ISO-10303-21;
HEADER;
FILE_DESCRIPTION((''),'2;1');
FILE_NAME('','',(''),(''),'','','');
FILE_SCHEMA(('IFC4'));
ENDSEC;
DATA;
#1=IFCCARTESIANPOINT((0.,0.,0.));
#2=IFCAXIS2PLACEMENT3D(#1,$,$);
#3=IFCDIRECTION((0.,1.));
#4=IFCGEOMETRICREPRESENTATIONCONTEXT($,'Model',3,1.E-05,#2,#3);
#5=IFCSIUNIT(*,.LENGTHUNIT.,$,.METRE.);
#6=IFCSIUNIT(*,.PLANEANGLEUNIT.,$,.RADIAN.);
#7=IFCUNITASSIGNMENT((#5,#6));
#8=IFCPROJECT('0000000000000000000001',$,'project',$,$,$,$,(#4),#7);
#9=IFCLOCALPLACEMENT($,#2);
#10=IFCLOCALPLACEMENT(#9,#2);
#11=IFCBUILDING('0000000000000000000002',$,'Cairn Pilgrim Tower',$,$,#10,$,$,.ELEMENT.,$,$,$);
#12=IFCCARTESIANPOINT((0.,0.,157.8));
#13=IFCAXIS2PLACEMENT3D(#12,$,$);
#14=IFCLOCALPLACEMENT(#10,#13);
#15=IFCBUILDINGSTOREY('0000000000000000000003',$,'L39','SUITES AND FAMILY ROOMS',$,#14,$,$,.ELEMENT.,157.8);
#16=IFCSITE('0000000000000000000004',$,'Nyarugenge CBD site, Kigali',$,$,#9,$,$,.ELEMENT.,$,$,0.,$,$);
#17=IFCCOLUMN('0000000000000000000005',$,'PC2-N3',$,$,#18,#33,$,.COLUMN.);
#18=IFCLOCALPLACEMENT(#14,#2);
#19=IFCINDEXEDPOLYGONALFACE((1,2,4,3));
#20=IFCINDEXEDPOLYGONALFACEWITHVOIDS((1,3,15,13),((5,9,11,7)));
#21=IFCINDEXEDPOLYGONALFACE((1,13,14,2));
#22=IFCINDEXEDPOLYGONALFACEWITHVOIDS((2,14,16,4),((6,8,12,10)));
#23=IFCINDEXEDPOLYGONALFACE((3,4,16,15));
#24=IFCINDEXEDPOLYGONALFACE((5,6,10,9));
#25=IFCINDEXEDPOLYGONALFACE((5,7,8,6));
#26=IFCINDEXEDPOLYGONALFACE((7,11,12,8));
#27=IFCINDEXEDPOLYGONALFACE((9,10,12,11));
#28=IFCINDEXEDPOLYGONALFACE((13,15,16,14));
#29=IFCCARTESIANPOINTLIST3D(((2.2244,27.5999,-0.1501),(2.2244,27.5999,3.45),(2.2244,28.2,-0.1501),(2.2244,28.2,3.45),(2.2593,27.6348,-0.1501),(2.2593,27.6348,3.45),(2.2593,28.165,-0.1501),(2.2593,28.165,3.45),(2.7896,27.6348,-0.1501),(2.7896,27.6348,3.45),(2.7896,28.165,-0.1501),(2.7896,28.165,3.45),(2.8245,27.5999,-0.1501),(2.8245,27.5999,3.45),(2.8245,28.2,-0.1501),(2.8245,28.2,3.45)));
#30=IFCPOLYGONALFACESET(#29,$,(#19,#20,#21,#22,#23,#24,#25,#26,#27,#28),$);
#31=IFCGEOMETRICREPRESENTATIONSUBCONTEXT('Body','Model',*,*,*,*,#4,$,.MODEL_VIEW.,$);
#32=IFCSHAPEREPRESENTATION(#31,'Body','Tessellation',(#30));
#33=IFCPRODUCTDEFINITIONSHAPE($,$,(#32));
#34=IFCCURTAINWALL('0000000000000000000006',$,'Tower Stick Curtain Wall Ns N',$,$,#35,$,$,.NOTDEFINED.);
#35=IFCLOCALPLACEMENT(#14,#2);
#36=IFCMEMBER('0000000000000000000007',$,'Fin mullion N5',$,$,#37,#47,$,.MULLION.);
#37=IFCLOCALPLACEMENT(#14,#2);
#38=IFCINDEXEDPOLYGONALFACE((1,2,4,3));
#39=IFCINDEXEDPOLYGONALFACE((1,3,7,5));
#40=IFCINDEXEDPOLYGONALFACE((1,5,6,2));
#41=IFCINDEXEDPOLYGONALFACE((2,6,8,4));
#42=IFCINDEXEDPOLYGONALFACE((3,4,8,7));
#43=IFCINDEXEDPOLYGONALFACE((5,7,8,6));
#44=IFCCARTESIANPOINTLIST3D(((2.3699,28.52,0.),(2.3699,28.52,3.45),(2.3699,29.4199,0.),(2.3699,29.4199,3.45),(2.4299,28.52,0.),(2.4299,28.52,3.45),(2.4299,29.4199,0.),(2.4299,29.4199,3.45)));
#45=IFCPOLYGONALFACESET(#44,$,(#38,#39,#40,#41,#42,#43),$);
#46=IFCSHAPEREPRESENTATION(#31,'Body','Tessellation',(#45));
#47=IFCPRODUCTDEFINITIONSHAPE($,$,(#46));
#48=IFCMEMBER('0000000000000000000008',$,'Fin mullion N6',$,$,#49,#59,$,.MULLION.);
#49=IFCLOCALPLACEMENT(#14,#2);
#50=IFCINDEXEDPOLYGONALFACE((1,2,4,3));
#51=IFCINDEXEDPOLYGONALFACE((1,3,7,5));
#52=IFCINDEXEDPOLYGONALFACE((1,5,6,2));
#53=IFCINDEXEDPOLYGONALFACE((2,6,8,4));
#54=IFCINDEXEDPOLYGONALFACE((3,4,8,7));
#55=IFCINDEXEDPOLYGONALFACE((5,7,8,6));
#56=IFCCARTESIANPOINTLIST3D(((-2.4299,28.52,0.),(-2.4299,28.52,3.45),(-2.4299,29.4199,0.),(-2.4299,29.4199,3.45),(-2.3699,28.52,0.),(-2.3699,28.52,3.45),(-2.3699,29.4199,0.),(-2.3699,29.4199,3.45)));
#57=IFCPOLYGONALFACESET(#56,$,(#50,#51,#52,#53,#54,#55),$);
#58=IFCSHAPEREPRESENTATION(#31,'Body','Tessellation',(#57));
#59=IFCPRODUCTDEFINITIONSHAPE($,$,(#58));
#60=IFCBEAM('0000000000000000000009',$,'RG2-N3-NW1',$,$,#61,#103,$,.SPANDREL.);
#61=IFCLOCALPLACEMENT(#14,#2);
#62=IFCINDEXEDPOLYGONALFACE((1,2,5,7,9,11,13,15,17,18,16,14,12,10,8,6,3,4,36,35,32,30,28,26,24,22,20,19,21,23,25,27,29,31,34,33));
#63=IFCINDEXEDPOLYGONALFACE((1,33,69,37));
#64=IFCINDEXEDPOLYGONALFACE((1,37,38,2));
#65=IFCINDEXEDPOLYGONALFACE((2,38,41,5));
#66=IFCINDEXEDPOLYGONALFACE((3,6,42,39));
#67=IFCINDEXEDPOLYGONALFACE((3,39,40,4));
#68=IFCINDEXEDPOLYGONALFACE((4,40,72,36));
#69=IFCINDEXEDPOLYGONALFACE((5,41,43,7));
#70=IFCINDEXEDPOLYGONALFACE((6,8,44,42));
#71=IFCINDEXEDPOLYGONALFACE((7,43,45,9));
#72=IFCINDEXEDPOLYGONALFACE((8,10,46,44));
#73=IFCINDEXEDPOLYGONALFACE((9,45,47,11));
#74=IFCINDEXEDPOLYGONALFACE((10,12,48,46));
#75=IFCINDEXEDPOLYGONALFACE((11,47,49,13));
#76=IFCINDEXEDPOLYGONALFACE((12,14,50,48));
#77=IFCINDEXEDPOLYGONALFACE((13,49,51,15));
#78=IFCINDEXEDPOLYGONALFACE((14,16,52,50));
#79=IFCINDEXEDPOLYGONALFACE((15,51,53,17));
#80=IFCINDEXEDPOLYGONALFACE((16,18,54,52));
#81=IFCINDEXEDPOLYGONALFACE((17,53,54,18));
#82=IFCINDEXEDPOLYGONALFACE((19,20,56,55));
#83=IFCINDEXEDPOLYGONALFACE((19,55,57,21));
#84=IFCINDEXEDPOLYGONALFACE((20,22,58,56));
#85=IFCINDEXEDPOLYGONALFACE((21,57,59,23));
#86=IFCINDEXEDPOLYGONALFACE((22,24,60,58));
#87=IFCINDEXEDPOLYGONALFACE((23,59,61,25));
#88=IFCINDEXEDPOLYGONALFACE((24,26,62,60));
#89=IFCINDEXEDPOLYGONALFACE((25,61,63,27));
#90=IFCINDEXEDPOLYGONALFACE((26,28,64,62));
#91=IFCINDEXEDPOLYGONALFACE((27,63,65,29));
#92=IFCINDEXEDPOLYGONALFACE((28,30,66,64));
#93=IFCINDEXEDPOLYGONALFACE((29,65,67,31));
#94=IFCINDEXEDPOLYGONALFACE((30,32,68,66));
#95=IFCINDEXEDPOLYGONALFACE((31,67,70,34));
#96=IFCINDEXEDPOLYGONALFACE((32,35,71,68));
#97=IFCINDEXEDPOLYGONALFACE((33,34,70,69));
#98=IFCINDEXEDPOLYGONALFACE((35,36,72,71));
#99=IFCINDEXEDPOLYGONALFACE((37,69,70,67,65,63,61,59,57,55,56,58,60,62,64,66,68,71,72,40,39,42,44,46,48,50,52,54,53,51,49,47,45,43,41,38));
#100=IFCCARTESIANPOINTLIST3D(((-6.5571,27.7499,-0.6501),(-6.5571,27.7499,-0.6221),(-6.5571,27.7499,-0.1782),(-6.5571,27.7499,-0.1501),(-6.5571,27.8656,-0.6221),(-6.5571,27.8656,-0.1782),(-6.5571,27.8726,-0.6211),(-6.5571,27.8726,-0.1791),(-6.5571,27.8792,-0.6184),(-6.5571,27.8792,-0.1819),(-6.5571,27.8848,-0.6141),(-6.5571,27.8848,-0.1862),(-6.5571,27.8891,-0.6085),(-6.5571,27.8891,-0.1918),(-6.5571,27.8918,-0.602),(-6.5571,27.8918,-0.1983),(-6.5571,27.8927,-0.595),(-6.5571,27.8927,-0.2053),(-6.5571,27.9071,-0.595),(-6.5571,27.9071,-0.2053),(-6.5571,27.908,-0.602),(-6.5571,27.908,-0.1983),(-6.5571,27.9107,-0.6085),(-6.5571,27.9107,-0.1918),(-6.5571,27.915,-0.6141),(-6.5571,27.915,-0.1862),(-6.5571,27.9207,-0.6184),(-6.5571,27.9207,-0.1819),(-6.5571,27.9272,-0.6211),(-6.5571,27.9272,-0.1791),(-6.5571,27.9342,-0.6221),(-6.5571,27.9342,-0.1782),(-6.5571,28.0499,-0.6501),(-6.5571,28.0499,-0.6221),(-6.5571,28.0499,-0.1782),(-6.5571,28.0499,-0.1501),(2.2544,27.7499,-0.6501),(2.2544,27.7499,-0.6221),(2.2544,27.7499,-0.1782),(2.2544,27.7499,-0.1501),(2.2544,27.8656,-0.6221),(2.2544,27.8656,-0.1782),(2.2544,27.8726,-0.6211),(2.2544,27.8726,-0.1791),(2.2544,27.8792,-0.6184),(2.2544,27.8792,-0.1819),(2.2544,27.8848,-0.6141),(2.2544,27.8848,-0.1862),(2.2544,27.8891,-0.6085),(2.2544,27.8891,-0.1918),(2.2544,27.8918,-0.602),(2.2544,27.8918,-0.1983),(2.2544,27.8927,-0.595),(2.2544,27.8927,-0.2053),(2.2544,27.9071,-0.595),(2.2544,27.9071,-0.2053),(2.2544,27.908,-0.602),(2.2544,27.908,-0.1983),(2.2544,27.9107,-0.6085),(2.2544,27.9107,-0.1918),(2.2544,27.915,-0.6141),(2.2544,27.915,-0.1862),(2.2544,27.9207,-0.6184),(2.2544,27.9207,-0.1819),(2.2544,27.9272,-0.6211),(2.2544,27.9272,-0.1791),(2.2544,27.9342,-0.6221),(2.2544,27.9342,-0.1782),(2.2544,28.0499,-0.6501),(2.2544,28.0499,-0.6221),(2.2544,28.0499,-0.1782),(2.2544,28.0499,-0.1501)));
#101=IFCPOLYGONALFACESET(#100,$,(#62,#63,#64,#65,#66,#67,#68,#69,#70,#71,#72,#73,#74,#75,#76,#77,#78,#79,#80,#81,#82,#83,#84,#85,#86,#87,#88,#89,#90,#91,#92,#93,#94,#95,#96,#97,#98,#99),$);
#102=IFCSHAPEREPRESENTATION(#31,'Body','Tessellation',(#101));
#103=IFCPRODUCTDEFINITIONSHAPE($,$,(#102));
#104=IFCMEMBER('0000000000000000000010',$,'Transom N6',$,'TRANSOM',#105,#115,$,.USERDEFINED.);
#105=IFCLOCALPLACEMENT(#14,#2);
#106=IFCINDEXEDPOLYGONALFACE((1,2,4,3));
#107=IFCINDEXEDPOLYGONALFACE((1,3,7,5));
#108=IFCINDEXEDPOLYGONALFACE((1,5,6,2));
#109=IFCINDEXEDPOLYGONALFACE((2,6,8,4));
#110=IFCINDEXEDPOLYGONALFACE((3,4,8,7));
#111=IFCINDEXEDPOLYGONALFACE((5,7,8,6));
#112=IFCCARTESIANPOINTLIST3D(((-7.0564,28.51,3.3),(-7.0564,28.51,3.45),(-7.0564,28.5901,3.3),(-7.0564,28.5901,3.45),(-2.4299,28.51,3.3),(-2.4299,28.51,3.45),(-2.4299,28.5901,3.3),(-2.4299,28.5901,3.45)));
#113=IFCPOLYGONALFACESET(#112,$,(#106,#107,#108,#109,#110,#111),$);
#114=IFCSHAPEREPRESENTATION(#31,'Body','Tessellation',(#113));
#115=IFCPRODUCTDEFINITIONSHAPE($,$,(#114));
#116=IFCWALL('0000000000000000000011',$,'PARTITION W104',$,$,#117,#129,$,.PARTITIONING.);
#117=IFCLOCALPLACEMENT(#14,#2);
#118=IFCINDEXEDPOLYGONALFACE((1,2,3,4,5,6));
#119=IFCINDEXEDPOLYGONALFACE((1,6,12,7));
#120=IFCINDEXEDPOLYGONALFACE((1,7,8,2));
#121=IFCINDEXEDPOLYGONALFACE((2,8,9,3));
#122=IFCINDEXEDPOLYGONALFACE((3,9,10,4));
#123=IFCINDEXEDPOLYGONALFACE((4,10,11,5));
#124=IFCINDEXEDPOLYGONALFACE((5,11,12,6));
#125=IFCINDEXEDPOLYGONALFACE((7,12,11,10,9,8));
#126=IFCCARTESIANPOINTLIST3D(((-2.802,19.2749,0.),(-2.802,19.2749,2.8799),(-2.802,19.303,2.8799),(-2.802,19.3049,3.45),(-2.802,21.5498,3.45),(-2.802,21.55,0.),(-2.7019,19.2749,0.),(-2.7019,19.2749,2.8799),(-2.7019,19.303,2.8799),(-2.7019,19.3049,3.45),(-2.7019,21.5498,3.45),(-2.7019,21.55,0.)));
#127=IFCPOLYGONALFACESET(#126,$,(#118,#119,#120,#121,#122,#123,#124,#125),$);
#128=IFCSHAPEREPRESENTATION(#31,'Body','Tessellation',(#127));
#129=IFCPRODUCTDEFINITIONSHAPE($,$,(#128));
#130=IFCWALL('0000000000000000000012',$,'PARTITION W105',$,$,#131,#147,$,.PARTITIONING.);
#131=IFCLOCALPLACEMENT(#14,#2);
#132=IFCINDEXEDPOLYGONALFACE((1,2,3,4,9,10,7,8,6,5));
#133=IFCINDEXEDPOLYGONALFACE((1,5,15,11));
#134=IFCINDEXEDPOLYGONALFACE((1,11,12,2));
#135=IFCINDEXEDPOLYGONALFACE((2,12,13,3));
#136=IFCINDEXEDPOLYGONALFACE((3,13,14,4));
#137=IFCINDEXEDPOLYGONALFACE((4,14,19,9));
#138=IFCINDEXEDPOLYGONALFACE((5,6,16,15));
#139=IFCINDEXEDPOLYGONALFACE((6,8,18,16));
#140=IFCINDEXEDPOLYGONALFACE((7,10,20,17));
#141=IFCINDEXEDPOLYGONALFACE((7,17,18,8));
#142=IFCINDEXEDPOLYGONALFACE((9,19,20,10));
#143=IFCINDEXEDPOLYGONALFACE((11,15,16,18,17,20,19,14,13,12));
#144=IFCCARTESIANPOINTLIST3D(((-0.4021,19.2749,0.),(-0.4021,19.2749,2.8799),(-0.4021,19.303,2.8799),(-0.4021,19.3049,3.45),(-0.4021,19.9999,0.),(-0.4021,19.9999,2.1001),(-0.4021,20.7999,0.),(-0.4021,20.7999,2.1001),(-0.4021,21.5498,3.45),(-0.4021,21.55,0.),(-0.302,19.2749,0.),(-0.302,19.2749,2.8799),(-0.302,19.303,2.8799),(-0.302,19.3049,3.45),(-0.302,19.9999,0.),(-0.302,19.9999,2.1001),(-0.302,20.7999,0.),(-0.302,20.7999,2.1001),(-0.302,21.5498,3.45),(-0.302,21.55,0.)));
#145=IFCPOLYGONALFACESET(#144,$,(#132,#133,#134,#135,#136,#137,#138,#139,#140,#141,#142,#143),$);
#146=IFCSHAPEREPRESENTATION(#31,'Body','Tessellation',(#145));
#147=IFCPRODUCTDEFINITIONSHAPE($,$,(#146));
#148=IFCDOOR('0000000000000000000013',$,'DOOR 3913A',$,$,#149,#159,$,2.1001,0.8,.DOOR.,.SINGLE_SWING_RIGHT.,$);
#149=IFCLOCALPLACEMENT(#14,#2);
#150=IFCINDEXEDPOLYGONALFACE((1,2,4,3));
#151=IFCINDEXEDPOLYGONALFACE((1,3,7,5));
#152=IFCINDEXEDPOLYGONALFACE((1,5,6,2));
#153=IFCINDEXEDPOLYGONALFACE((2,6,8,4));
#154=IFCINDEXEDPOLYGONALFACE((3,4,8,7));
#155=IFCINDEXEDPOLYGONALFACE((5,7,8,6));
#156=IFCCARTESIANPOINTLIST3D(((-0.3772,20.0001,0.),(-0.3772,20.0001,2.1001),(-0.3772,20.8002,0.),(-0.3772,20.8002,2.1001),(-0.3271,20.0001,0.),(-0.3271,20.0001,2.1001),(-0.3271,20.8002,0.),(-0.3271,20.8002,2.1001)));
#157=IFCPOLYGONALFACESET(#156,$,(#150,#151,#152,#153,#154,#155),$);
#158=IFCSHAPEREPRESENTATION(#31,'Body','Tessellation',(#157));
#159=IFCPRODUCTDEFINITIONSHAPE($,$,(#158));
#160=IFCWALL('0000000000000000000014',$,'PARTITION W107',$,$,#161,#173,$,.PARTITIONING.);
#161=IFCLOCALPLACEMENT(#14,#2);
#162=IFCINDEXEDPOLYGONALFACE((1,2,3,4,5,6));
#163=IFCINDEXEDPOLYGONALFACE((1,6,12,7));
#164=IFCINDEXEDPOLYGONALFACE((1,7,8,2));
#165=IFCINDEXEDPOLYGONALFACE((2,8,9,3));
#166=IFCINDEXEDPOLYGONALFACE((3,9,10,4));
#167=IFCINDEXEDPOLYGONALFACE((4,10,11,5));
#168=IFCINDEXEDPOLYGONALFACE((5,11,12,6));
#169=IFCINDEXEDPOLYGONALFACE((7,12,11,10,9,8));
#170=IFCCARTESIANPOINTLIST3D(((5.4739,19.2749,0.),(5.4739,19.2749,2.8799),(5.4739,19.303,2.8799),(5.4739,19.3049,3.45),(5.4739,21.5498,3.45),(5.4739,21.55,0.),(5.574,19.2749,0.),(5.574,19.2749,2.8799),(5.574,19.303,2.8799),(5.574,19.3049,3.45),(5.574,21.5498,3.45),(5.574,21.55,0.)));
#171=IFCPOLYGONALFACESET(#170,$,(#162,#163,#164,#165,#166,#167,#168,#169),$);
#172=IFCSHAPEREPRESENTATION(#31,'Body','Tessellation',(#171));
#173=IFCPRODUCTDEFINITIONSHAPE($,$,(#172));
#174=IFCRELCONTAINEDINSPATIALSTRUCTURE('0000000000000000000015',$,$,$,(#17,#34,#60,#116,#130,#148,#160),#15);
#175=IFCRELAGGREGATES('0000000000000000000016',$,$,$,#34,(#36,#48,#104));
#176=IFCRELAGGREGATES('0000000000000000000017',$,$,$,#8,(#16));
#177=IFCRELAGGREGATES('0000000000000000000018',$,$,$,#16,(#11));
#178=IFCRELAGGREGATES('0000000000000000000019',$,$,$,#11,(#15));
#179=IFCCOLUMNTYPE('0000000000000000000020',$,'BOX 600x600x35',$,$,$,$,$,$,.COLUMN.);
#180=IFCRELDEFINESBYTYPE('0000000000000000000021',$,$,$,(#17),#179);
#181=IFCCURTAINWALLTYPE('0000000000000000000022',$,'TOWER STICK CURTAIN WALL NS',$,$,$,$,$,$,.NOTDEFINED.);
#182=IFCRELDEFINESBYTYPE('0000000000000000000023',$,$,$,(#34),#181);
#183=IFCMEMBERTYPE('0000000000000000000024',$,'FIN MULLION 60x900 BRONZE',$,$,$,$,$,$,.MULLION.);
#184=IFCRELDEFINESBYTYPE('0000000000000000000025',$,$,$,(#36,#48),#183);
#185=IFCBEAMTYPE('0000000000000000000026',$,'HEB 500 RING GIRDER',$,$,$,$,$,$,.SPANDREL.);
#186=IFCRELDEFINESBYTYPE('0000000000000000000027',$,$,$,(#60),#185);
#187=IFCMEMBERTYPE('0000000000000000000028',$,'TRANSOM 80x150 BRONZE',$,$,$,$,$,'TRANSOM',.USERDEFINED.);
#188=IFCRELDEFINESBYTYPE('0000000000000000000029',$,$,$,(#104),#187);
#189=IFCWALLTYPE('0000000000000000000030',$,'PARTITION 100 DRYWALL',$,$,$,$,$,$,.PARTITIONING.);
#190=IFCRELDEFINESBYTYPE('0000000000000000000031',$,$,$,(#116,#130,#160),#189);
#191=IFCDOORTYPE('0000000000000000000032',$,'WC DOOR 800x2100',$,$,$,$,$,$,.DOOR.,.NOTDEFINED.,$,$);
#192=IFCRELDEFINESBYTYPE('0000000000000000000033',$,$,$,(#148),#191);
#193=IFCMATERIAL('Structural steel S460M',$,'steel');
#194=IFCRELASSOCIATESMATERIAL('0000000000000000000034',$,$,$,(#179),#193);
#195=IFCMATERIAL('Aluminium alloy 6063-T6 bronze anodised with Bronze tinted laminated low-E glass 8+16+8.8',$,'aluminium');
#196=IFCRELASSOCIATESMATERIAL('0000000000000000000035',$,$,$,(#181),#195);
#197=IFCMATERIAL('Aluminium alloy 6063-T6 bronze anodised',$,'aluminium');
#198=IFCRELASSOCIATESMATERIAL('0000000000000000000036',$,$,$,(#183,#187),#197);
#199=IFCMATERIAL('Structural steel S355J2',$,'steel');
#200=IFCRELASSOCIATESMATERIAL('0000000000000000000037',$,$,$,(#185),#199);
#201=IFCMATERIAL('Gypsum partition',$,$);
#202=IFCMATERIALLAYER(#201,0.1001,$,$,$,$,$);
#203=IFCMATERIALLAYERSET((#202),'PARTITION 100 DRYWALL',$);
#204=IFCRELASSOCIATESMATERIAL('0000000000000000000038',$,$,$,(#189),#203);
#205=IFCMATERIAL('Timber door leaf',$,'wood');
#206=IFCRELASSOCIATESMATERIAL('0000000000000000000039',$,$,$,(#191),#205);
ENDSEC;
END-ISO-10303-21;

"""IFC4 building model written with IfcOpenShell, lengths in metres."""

from ifc_helpers import new_model, si_unit, direction, frame, frame_2d, origin, origin_2d, place, context, subcontext, project, spatial, polyline, rectangle, hollow_rectangle, i_section, outline, extrude, material, layer, layer_set, material_profile, profile_set, type_object, element, fill, aggregate, save


model = new_model("IFC4")

# Units and contexts
model_context = context("Model", 3, precision=1e-05, world=origin(), true_north=direction((0.0, 1.0)))
body_context = subcontext(model_context, "Body", "Model", "MODEL_VIEW")
ifc_project = project(units=[si_unit("LENGTHUNIT", "METRE"), si_unit("PLANEANGLEUNIT", "RADIAN")], contexts=[model_context])

# Site, building, storey
site_placement = place(None, origin())
site = spatial("IfcSite", under=ifc_project, at=site_placement, Name="Nyarugenge CBD site, Kigali", CompositionType="ELEMENT", RefElevation=0.0)
building_placement = place(site_placement, origin())
building = spatial("IfcBuilding", under=site, at=building_placement, Name="Cairn Pilgrim Tower", CompositionType="ELEMENT")
storey_placement = place(building_placement, frame((0.0, 0.0, 157.8)))
storey = spatial("IfcBuildingStorey", under=building, at=storey_placement, Name="L39", Description="SUITES AND FAMILY ROOMS", CompositionType="ELEMENT", Elevation=157.8)

# Column
ifc_material_1 = material(Name="Structural steel S460M", Category="steel")
ifc_material_profile_1 = material_profile(ifc_material_1, hollow_rectangle(XDim=0.6001, YDim=0.6001, WallThickness=0.0349, at=origin_2d()), Name="BOX 600x600x35")
ifc_profile_set_1 = profile_set([ifc_material_profile_1], Name="Structural steel S460M")
column_type = type_object("IfcColumnType", Name="BOX 600x600x35", PredefinedType="COLUMN", material=ifc_profile_set_1)
column_placement = place(storey_placement, frame((2.5244, 27.8999, -0.1501), z_axis=(0.0, 0.0, 1.0), x_axis=(1.0, 0.0, 0.0)))
element("IfcColumn", 1, at=column_placement, inside=storey, type_object=column_type, Name="PC2-N3", PredefinedType="COLUMN", context=body_context, shape_type="SweptSolid", body=[
    extrude(hollow_rectangle(XDim=0.6001, YDim=0.6001, WallThickness=0.0349, at=origin_2d()), origin(), (0.0, 0.0, 1.0), 3.6001),
])

# Curtain wall, members
ifc_material_2 = material(Name="Aluminium alloy 6063-T6 bronze anodised with Bronze tinted laminated low-E glass 8+16+8.8", Category="aluminium")
curtain_wall_type = type_object("IfcCurtainWallType", Name="TOWER STICK CURTAIN WALL NS", PredefinedType="NOTDEFINED", material=ifc_material_2)
curtain_wall_placement = place(storey_placement, origin())
curtain_wall = element("IfcCurtainWall", 2, at=curtain_wall_placement, inside=storey, type_object=curtain_wall_type, Name="Tower Stick Curtain Wall Ns N", PredefinedType="NOTDEFINED")
ifc_material_3 = material(Name="Aluminium alloy 6063-T6 bronze anodised", Category="aluminium")
ifc_material_profile_2 = material_profile(ifc_material_3, rectangle(XDim=0.8999, YDim=0.0601, at=origin_2d()), Name="FIN MULLION 60x900 BRONZE")
ifc_profile_set_2 = profile_set([ifc_material_profile_2], Name="Aluminium alloy 6063-T6 bronze anodised")
member_type_1 = type_object("IfcMemberType", Name="FIN MULLION 60x900 BRONZE", PredefinedType="MULLION", material=ifc_profile_set_2)
member_1_placement = place(storey_placement, frame((2.3999, 28.97, 0.0), z_axis=(0.0, 0.0, 1.0), x_axis=(0.0, 1.0, 0.0)))
member_1 = element("IfcMember", 3, at=member_1_placement, type_object=member_type_1, Name="Fin mullion N5", PredefinedType="MULLION", context=body_context, shape_type="SweptSolid", body=[
    extrude(rectangle(XDim=0.8999, YDim=0.0601, at=origin_2d()), origin(), (0.0, 0.0, 1.0), 3.45),
])
member_2_placement = place(storey_placement, frame((-2.3999, 28.97, 0.0), z_axis=(0.0, 0.0, 1.0), x_axis=(0.0, 1.0, 0.0)))
member_2 = element("IfcMember", 4, at=member_2_placement, type_object=member_type_1, Name="Fin mullion N6", PredefinedType="MULLION", context=body_context, shape_type="SweptSolid", body=[
    extrude(rectangle(XDim=0.8999, YDim=0.0601, at=origin_2d()), origin(), (0.0, 0.0, 1.0), 3.45),
])

# Beam
ifc_material_4 = material(Name="Structural steel S355J2", Category="steel")
ifc_material_profile_3 = material_profile(ifc_material_4, i_section(OverallWidth=0.3, OverallDepth=0.5, WebThickness=0.0144, FlangeThickness=0.0281, FilletRadius=0.0271, at=origin_2d()), Name="HEB 500")
ifc_profile_set_3 = profile_set([ifc_material_profile_3], Name="Structural steel S355J2")
beam_type = type_object("IfcBeamType", Name="HEB 500 RING GIRDER", PredefinedType="SPANDREL", material=ifc_profile_set_3)
beam_placement = place(storey_placement, frame((2.2544, 27.8999, -0.4001), z_axis=(-1.0, 0.0, 0.0), x_axis=(0.0, -1.0, 0.0)))
element("IfcBeam", 5, at=beam_placement, inside=storey, type_object=beam_type, Name="RG2-N3-NW1", PredefinedType="SPANDREL", context=body_context, shape_type="SweptSolid", body=[
    extrude(i_section(OverallWidth=0.3, OverallDepth=0.5, WebThickness=0.0144, FlangeThickness=0.0281, FilletRadius=0.0271, at=origin_2d()), origin(), (0.0, 0.0, 1.0), 8.8115),
])

# Member
ifc_material_profile_4 = material_profile(ifc_material_3, rectangle(XDim=0.0801, YDim=0.1499, at=origin_2d()), Name="TRANSOM 80x150 BRONZE")
ifc_profile_set_4 = profile_set([ifc_material_profile_4], Name="Aluminium alloy 6063-T6 bronze anodised")
member_type_2 = type_object("IfcMemberType", Name="TRANSOM 80x150 BRONZE", ElementType="TRANSOM", PredefinedType="USERDEFINED", material=ifc_profile_set_4)
member_3_placement = place(storey_placement, frame((-2.4299, 28.55, 3.375), z_axis=(-1.0, 0.0, 0.0), x_axis=(0.0, -1.0, 0.0)))
member_3 = element("IfcMember", 6, at=member_3_placement, type_object=member_type_2, Name="Transom N6", ObjectType="TRANSOM", PredefinedType="USERDEFINED", context=body_context, shape_type="SweptSolid", body=[
    extrude(rectangle(XDim=0.0801, YDim=0.1499, at=origin_2d()), origin(), (0.0, 0.0, 1.0), 4.6265),
])
aggregate(curtain_wall, [member_1, member_2, member_3])

# Wall
ifc_material_5 = material(Name="Gypsum partition")
ifc_layer_1 = layer(ifc_material_5, 0.1001)
ifc_layer_set_1 = layer_set([ifc_layer_1], Name="PARTITION 100 DRYWALL")
wall_type_1 = type_object("IfcWallType", Name="PARTITION 100 DRYWALL", PredefinedType="PARTITIONING", material=ifc_layer_set_1)
wall_1_placement = place(storey_placement, frame((-2.752, 19.2749, 0.0), z_axis=(0.0, 0.0, 1.0), x_axis=(0.0, 1.0, 0.0)))
element("IfcWall", 7, at=wall_1_placement, inside=storey, type_object=wall_type_1, Name="PARTITION W104", PredefinedType="PARTITIONING", context=body_context, shape_type="SweptSolid", body=[
    extrude(outline(polyline([(0.0, 0.0), (2.2751, 0.0), (2.2749, 3.45), (0.03, 3.45), (0.0281, 2.8799), (0.0, 2.8799), (0.0, 0.0)])), frame((0.0, 0.05, 0.0), z_axis=(0.0, -1.0, 0.0), x_axis=(1.0, 0.0, 0.0)), (0.0, 0.0, 1.0), 0.1001),
])

# Wall, opening, door
wall_2_placement = place(storey_placement, frame((-0.3521, 19.2749, 0.0), z_axis=(0.0, 0.0, 1.0), x_axis=(0.0, 1.0, 0.0)))
wall_2 = element("IfcWall", 8, at=wall_2_placement, inside=storey, type_object=wall_type_1, Name="PARTITION W105", PredefinedType="PARTITIONING", context=body_context, shape_type="SweptSolid", body=[
    extrude(outline(polyline([(0.0, 0.0), (2.2751, 0.0), (2.2749, 3.45), (0.03, 3.45), (0.0281, 2.8799), (0.0, 2.8799), (0.0, 0.0)])), frame((0.0, 0.05, 0.0), z_axis=(0.0, -1.0, 0.0), x_axis=(1.0, 0.0, 0.0)), (0.0, 0.0, 1.0), 0.1001),
])
opening_1_placement = place(wall_2_placement, frame((0.7251, 0.0, 0.0)))
opening_1 = element("IfcOpeningElement", 9, at=opening_1_placement, cuts=wall_2, PredefinedType="OPENING", context=body_context, shape_type="SweptSolid", body=[
    extrude(rectangle(XDim=0.8, YDim=2.1001, at=frame_2d((0.3999, 1.05))), frame((0.0, 0.0601, 0.0), z_axis=(0.0, -1.0, 0.0), x_axis=(1.0, 0.0, 0.0)), (0.0, 0.0, 1.0), 0.1201),
])
ifc_material_6 = material(Name="Timber door leaf", Category="wood")
door_type_1 = type_object("IfcDoorType", Name="WC DOOR 800x2100", OperationType="NOTDEFINED", PredefinedType="DOOR", material=ifc_material_6)
door_1_placement = place(opening_1_placement, frame((0.8, 0.0, 0.0), z_axis=(0.0, 0.0, 1.0), x_axis=(-1.0, 0.0, 0.0)))
door_1 = element("IfcDoor", 10, at=door_1_placement, inside=storey, type_object=door_type_1, Name="DOOR 3913A", OperationType="SINGLE_SWING_RIGHT", OverallHeight=2.1001, OverallWidth=0.8, PredefinedType="DOOR", context=body_context, shape_type="SweptSolid", body=[
    extrude(rectangle(XDim=0.8, YDim=2.1001, at=frame_2d((0.3999, 1.05))), frame((0.0, 0.0249, 0.0), z_axis=(0.0, -1.0, 0.0), x_axis=(1.0, 0.0, 0.0)), (0.0, 0.0, 1.0), 0.05),
])
fill(opening_1, door_1)

# Wall
wall_3_placement = place(storey_placement, frame((5.5239, 19.2749, 0.0), z_axis=(0.0, 0.0, 1.0), x_axis=(0.0, 1.0, 0.0)))
element("IfcWall", 11, at=wall_3_placement, inside=storey, type_object=wall_type_1, Name="PARTITION W107", PredefinedType="PARTITIONING", context=body_context, shape_type="SweptSolid", body=[
    extrude(outline(polyline([(0.0, 0.0), (2.2751, 0.0), (2.2749, 3.45), (0.03, 3.45), (0.0281, 2.8799), (0.0, 2.8799), (0.0, 0.0)])), frame((0.0, 0.05, 0.0), z_axis=(0.0, -1.0, 0.0), x_axis=(1.0, 0.0, 0.0)), (0.0, 0.0, 1.0), 0.1001),
])

save(model, "model.ifc")
